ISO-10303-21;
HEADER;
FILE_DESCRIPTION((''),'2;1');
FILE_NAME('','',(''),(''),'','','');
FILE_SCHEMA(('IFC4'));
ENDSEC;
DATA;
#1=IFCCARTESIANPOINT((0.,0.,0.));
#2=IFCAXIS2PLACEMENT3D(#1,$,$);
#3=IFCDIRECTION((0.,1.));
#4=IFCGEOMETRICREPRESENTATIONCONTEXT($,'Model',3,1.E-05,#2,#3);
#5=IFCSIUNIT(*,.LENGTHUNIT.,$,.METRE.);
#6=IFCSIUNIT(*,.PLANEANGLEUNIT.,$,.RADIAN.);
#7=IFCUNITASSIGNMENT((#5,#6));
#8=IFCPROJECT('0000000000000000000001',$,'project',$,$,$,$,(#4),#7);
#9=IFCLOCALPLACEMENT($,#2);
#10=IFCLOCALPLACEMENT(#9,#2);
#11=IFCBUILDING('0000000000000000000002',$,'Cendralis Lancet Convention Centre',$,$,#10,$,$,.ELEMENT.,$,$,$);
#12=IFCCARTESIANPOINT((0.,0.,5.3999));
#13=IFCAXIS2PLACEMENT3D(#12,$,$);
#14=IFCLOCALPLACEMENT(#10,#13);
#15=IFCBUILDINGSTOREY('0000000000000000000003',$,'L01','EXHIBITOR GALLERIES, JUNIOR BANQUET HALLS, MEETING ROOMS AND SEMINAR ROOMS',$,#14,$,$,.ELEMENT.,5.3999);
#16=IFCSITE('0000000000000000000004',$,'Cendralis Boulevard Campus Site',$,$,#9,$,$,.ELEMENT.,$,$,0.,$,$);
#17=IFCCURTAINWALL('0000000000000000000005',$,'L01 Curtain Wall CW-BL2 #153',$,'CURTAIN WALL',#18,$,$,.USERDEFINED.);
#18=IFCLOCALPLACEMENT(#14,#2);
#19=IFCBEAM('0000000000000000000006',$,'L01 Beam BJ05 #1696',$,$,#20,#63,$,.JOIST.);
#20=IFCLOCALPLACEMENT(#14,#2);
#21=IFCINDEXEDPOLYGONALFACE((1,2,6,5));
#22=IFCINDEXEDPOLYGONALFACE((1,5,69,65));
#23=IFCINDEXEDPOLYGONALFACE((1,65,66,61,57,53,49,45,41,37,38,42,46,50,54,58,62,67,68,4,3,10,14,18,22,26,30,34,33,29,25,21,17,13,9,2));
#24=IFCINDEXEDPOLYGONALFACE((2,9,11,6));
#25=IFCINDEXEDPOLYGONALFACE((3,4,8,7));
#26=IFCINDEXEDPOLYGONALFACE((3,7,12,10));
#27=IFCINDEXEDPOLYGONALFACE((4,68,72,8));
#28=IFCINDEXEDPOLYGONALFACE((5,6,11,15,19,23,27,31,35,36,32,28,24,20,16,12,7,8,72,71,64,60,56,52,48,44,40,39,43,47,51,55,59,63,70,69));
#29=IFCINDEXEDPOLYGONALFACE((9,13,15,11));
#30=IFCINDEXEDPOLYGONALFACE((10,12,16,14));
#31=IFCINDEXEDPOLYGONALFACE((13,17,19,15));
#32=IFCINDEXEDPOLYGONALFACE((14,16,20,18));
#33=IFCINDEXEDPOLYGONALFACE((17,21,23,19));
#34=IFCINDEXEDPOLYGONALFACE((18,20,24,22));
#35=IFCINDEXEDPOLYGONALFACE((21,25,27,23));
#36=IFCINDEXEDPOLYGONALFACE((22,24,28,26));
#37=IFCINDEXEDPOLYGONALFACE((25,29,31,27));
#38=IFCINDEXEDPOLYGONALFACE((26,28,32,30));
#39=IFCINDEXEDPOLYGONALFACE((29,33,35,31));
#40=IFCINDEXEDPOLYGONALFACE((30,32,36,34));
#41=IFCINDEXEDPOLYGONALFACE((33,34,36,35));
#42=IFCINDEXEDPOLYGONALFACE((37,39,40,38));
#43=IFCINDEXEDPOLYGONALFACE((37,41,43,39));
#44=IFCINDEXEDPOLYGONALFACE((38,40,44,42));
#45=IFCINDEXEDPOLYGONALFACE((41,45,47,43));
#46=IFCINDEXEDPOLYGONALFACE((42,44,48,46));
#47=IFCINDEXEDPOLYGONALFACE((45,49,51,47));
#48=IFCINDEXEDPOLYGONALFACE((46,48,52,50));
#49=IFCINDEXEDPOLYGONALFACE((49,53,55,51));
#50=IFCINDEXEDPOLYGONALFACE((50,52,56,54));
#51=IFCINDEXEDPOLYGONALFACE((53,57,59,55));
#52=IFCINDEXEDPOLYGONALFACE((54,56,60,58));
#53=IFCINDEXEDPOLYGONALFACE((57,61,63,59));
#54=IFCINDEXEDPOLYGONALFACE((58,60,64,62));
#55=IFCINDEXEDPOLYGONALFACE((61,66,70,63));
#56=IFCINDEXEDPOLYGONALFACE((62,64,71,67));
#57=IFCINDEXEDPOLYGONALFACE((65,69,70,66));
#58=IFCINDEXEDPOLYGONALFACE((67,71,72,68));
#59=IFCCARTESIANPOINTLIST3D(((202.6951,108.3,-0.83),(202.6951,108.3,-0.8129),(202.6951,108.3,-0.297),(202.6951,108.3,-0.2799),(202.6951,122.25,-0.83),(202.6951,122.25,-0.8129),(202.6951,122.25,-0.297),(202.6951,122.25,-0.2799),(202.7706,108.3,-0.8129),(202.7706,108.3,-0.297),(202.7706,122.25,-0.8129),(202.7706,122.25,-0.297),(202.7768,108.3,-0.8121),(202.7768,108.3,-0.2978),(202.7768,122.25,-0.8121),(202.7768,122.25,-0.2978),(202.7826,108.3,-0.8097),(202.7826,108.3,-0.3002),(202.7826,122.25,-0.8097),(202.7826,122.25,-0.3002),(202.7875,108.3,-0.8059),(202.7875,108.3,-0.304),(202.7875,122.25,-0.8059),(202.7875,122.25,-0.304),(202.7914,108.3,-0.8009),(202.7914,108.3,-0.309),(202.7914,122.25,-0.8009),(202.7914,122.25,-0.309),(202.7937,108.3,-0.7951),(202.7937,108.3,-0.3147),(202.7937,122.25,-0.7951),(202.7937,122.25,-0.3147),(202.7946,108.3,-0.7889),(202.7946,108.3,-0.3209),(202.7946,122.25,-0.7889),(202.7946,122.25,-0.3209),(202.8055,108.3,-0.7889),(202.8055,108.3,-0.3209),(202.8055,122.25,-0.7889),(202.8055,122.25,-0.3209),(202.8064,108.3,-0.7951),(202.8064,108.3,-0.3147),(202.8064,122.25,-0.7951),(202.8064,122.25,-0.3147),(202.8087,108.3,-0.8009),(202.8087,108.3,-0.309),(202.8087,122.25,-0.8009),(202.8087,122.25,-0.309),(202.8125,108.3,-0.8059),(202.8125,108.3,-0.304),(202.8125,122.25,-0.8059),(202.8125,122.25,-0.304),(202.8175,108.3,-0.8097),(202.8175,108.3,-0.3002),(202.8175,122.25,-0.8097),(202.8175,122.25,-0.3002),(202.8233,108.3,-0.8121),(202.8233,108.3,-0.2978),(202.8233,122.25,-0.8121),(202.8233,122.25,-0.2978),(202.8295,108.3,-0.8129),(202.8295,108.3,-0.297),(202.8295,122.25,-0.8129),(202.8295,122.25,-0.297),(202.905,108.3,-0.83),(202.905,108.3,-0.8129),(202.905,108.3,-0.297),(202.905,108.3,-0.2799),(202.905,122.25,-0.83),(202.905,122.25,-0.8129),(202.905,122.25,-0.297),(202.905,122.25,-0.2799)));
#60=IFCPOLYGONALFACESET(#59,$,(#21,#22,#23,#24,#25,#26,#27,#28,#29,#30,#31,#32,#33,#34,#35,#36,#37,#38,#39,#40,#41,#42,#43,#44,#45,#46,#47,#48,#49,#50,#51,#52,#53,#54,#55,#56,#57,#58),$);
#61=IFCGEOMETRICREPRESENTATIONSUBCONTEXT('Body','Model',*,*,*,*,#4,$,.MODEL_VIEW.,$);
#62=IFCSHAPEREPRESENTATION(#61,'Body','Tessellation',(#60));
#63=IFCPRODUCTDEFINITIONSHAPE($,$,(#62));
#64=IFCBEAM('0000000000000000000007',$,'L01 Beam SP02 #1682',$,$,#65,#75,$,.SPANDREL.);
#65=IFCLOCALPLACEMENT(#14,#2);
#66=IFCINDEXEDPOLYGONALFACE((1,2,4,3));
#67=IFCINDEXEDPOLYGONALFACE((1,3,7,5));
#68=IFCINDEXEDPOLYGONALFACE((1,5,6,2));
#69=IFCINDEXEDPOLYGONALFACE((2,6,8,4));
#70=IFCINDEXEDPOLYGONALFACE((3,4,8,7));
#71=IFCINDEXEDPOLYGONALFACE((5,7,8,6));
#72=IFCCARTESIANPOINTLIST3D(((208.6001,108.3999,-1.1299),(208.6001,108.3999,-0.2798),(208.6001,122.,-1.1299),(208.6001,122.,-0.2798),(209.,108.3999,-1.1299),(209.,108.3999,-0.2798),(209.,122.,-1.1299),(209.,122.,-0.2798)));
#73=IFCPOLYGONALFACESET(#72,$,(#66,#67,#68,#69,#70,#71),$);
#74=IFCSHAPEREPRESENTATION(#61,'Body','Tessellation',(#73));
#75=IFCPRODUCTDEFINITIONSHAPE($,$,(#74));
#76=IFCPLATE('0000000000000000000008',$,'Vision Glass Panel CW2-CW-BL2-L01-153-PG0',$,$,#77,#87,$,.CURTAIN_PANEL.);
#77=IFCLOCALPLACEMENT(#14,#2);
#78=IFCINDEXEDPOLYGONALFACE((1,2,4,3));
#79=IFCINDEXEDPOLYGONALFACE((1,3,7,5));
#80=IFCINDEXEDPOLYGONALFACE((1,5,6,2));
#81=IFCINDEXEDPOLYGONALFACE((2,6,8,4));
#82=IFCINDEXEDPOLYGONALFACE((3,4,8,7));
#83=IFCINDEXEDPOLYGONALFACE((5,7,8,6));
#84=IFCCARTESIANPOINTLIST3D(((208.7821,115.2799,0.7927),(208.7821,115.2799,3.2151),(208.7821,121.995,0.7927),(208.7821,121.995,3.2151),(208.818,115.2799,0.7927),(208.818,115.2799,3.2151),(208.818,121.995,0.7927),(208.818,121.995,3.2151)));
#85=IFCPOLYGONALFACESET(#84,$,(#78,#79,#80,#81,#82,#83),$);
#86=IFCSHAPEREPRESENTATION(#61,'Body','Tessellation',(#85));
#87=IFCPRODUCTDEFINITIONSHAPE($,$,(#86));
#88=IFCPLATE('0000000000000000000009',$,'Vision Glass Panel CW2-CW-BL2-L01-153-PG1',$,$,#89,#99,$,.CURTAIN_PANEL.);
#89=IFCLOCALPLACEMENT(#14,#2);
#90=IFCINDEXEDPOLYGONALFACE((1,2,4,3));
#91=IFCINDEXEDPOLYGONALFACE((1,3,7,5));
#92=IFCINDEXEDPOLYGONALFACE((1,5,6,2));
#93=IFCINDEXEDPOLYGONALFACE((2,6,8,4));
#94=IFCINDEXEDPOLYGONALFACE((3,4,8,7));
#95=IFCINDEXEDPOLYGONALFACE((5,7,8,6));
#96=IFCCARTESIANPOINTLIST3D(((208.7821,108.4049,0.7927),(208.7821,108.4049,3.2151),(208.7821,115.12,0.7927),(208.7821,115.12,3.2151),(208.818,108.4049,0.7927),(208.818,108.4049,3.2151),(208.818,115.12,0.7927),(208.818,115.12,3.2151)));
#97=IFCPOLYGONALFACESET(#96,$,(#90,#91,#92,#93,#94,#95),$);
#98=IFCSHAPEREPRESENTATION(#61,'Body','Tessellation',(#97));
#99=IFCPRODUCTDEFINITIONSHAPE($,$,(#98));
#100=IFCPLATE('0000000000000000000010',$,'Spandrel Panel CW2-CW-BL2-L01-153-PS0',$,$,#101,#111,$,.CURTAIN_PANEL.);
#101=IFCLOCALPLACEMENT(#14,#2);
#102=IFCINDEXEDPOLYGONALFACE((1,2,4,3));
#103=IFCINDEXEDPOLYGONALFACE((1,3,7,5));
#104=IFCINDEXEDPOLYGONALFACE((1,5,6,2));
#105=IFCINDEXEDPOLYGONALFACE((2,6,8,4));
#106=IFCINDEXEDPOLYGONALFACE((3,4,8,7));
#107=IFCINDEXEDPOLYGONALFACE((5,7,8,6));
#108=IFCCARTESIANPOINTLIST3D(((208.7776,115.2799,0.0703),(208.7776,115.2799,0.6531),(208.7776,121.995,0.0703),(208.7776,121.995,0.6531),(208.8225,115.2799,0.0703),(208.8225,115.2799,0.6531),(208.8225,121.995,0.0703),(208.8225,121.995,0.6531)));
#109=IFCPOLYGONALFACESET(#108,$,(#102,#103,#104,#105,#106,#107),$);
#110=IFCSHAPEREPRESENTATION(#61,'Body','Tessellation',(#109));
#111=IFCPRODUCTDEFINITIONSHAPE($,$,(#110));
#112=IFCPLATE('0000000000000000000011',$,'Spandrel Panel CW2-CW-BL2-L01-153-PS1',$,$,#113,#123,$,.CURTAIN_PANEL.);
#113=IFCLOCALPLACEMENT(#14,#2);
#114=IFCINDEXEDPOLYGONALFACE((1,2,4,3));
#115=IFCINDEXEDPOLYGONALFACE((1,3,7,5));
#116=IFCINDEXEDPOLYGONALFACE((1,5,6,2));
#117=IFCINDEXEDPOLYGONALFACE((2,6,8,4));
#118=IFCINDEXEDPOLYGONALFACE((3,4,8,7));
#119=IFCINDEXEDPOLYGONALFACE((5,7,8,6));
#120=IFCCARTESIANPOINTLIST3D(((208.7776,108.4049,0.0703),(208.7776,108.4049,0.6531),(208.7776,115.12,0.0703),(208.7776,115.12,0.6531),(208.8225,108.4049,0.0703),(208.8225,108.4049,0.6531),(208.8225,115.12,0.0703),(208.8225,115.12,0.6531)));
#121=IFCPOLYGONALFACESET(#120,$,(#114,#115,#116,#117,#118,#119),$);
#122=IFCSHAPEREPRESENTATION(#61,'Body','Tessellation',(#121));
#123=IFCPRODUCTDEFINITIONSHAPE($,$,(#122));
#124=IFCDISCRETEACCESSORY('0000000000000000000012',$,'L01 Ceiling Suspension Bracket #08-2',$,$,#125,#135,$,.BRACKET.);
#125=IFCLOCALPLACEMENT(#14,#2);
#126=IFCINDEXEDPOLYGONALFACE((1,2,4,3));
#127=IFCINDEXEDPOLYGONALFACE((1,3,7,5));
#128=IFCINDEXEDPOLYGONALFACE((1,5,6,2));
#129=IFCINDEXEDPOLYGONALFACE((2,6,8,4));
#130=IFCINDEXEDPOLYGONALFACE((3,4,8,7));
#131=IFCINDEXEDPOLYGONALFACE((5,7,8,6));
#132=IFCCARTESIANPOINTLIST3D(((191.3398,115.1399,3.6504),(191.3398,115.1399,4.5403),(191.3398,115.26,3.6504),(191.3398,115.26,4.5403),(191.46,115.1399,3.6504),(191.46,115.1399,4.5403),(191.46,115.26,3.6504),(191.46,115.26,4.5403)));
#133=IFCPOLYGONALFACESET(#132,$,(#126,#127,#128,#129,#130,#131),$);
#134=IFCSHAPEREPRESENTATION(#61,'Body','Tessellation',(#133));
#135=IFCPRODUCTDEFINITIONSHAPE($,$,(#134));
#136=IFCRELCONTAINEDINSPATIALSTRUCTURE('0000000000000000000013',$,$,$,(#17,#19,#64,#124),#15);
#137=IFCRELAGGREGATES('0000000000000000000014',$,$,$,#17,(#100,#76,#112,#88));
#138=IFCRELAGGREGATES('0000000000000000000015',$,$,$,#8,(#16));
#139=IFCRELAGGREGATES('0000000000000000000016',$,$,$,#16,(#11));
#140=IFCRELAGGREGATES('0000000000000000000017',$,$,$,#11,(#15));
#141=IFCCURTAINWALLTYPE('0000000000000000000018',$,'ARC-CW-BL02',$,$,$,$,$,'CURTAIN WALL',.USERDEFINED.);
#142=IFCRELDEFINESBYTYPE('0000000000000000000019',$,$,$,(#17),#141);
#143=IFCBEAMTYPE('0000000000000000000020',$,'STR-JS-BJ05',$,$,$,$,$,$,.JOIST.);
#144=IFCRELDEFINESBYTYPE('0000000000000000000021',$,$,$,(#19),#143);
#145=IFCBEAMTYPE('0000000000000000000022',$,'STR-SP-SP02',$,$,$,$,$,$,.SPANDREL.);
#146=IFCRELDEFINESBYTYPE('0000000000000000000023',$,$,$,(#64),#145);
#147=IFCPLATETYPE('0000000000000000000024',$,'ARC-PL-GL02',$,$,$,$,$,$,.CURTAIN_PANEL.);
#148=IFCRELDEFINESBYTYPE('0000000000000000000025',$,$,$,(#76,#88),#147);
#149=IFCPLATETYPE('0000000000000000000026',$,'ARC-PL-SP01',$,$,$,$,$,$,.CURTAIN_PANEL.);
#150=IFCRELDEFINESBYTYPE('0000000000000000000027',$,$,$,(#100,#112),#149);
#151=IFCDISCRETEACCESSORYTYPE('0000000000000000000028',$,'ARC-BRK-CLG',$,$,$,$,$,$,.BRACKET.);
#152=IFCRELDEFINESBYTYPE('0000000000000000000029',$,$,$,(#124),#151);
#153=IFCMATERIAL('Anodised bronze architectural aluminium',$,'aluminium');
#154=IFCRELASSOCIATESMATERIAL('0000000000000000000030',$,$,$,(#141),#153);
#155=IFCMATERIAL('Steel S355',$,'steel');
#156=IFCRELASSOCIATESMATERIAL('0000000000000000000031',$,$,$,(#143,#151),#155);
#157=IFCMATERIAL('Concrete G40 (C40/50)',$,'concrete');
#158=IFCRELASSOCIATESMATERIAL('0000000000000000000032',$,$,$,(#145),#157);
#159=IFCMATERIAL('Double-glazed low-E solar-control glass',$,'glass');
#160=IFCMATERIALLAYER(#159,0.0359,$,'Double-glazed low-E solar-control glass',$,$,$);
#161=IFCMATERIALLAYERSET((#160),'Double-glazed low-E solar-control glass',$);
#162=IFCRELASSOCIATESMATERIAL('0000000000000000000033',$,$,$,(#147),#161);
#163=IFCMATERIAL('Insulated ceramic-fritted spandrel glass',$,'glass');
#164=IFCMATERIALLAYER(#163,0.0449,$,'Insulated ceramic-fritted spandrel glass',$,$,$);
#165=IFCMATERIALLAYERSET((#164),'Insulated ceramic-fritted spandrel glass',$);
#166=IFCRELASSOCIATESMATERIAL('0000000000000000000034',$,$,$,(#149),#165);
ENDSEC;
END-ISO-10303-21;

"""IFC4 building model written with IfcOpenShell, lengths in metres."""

from ifc_helpers import new_model, si_unit, direction, frame, origin, origin_2d, place, context, subcontext, project, spatial, rectangle, i_section, extrude, material, layer, layer_set, material_profile, profile_set, type_object, element, aggregate, save


model = new_model("IFC4")

# Units and contexts
model_context = context("Model", 3, precision=1e-05, world=origin(), true_north=direction((0.0, 1.0)))
body_context = subcontext(model_context, "Body", "Model", "MODEL_VIEW")
ifc_project = project(units=[si_unit("LENGTHUNIT", "METRE"), si_unit("PLANEANGLEUNIT", "RADIAN")], contexts=[model_context])

# Site, building, storey
site_placement = place(None, origin())
site = spatial("IfcSite", under=ifc_project, at=site_placement, Name="Cendralis Boulevard Campus Site", CompositionType="ELEMENT", RefElevation=0.0)
building_placement = place(site_placement, origin())
building = spatial("IfcBuilding", under=site, at=building_placement, Name="Cendralis Lancet Convention Centre", CompositionType="ELEMENT")
storey_placement = place(building_placement, frame((0.0, 0.0, 5.3999)))
storey = spatial("IfcBuildingStorey", under=building, at=storey_placement, Name="L01", Description="EXHIBITOR GALLERIES, JUNIOR BANQUET HALLS, MEETING ROOMS AND SEMINAR ROOMS", CompositionType="ELEMENT", Elevation=5.3999)

# Shared definitions
ifc_material_1 = material(Name="Steel S355", Category="steel")

# Shared definitions
ifc_material_2 = material(Name="Anodised bronze architectural aluminium", Category="aluminium")
curtain_wall_type = type_object("IfcCurtainWallType", Name="ARC-CW-BL02", ElementType="CURTAIN WALL", PredefinedType="USERDEFINED", material=ifc_material_2)

# Curtain wall
curtain_wall_1_placement = place(storey_placement, origin())
curtain_wall_1 = element("IfcCurtainWall", 1, at=curtain_wall_1_placement, inside=storey, type_object=curtain_wall_type, Name="L01 Curtain Wall CW-BL2 #153", ObjectType="CURTAIN WALL", PredefinedType="USERDEFINED")

# Beams
ifc_material_3 = material(Name="Concrete G40 (C40/50)", Category="concrete")
ifc_material_profile_1 = material_profile(ifc_material_1, i_section(OverallWidth=0.21, OverallDepth=0.55, WebThickness=0.011, FlangeThickness=0.0171, FilletRadius=0.0239, at=origin_2d()), Name="IPE 550")
ifc_profile_set_1 = profile_set([ifc_material_profile_1], Name="Steel S355")
beam_type_1 = type_object("IfcBeamType", Name="STR-JS-BJ05", PredefinedType="JOIST", material=ifc_profile_set_1)
beam_1_placement = place(storey_placement, frame((202.8, 108.3, -0.5549), z_axis=(0.0, 1.0, 0.0), x_axis=(-1.0, 0.0, 0.0)))
element("IfcBeam", 2, at=beam_1_placement, inside=storey, type_object=beam_type_1, Name="L01 Beam BJ05 #1696", PredefinedType="JOIST", context=body_context, shape_type="SweptSolid", body=[
    extrude(i_section(OverallWidth=0.21, OverallDepth=0.55, WebThickness=0.011, FlangeThickness=0.0171, FilletRadius=0.0239, at=origin_2d()), origin(), (0.0, 0.0, 1.0), 13.95),
])
ifc_material_profile_2 = material_profile(ifc_material_3, rectangle(XDim=0.3999, YDim=0.8501, at=origin_2d()), Name="RCB 400x850")
ifc_profile_set_2 = profile_set([ifc_material_profile_2], Name="Concrete G40 (C40/50)")
beam_type_2 = type_object("IfcBeamType", Name="STR-SP-SP02", PredefinedType="SPANDREL", material=ifc_profile_set_2)
beam_2_placement = place(storey_placement, frame((208.8, 108.3999, -0.7048), z_axis=(0.0, 1.0, 0.0), x_axis=(-1.0, 0.0, 0.0)))
element("IfcBeam", 3, at=beam_2_placement, inside=storey, type_object=beam_type_2, Name="L01 Beam SP02 #1682", PredefinedType="SPANDREL", context=body_context, shape_type="SweptSolid", body=[
    extrude(rectangle(XDim=0.3999, YDim=0.8501, at=origin_2d()), origin(), (0.0, 0.0, 1.0), 13.6001),
])

# Plates
ifc_material_4 = material(Name="Double-glazed low-E solar-control glass", Category="glass")
ifc_layer_1 = layer(ifc_material_4, 0.0359, Name="Double-glazed low-E solar-control glass")
ifc_layer_set_1 = layer_set([ifc_layer_1], Name="Double-glazed low-E solar-control glass")
plate_type_1 = type_object("IfcPlateType", Name="ARC-PL-GL02", PredefinedType="CURTAIN_PANEL", material=ifc_layer_set_1)
plate_1_placement = place(storey_placement, frame((208.8, 118.6375, 0.7927), z_axis=(0.0, 0.0, 1.0), x_axis=(0.0, -1.0, 0.0)))
plate_1 = element("IfcPlate", 4, at=plate_1_placement, type_object=plate_type_1, Name="Vision Glass Panel CW2-CW-BL2-L01-153-PG0", PredefinedType="CURTAIN_PANEL", context=body_context, shape_type="SweptSolid", body=[
    extrude(rectangle(XDim=6.7151, YDim=0.0359, at=origin_2d()), origin(), (0.0, 0.0, 1.0), 2.4224),
])
plate_2_placement = place(storey_placement, frame((208.8, 111.7625, 0.7927), z_axis=(0.0, 0.0, 1.0), x_axis=(0.0, -1.0, 0.0)))
plate_2 = element("IfcPlate", 5, at=plate_2_placement, type_object=plate_type_1, Name="Vision Glass Panel CW2-CW-BL2-L01-153-PG1", PredefinedType="CURTAIN_PANEL", context=body_context, shape_type="SweptSolid", body=[
    extrude(rectangle(XDim=6.7151, YDim=0.0359, at=origin_2d()), origin(), (0.0, 0.0, 1.0), 2.4224),
])
ifc_material_5 = material(Name="Insulated ceramic-fritted spandrel glass", Category="glass")
ifc_layer_2 = layer(ifc_material_5, 0.0449, Name="Insulated ceramic-fritted spandrel glass")
ifc_layer_set_2 = layer_set([ifc_layer_2], Name="Insulated ceramic-fritted spandrel glass")
plate_type_2 = type_object("IfcPlateType", Name="ARC-PL-SP01", PredefinedType="CURTAIN_PANEL", material=ifc_layer_set_2)
plate_3_placement = place(storey_placement, frame((208.8, 118.6375, 0.0703), z_axis=(0.0, 0.0, 1.0), x_axis=(0.0, -1.0, 0.0)))
plate_3 = element("IfcPlate", 6, at=plate_3_placement, type_object=plate_type_2, Name="Spandrel Panel CW2-CW-BL2-L01-153-PS0", PredefinedType="CURTAIN_PANEL", context=body_context, shape_type="SweptSolid", body=[
    extrude(rectangle(XDim=6.7151, YDim=0.0449, at=origin_2d()), origin(), (0.0, 0.0, 1.0), 0.5828),
])
plate_4_placement = place(storey_placement, frame((208.8, 111.7625, 0.0703), z_axis=(0.0, 0.0, 1.0), x_axis=(0.0, -1.0, 0.0)))
plate_4 = element("IfcPlate", 7, at=plate_4_placement, type_object=plate_type_2, Name="Spandrel Panel CW2-CW-BL2-L01-153-PS1", PredefinedType="CURTAIN_PANEL", context=body_context, shape_type="SweptSolid", body=[
    extrude(rectangle(XDim=6.7151, YDim=0.0449, at=origin_2d()), origin(), (0.0, 0.0, 1.0), 0.5828),
])
aggregate(curtain_wall_1, [plate_3, plate_1, plate_4, plate_2])

# Discrete accessory
discrete_accessory_type = type_object("IfcDiscreteAccessoryType", Name="ARC-BRK-CLG", PredefinedType="BRACKET", material=ifc_material_1)
discrete_accessory_placement = place(storey_placement, frame((191.3999, 115.2, 3.6504), z_axis=(0.0, 0.0, 1.0), x_axis=(1.0, 0.0, 0.0)))
element("IfcDiscreteAccessory", 8, at=discrete_accessory_placement, inside=storey, type_object=discrete_accessory_type, Name="L01 Ceiling Suspension Bracket #08-2", PredefinedType="BRACKET", context=body_context, shape_type="SweptSolid", body=[
    extrude(rectangle(XDim=0.1201, YDim=0.1201, at=origin_2d()), origin(), (0.0, 0.0, 1.0), 0.8899),
])

save(model, "model.ifc")
